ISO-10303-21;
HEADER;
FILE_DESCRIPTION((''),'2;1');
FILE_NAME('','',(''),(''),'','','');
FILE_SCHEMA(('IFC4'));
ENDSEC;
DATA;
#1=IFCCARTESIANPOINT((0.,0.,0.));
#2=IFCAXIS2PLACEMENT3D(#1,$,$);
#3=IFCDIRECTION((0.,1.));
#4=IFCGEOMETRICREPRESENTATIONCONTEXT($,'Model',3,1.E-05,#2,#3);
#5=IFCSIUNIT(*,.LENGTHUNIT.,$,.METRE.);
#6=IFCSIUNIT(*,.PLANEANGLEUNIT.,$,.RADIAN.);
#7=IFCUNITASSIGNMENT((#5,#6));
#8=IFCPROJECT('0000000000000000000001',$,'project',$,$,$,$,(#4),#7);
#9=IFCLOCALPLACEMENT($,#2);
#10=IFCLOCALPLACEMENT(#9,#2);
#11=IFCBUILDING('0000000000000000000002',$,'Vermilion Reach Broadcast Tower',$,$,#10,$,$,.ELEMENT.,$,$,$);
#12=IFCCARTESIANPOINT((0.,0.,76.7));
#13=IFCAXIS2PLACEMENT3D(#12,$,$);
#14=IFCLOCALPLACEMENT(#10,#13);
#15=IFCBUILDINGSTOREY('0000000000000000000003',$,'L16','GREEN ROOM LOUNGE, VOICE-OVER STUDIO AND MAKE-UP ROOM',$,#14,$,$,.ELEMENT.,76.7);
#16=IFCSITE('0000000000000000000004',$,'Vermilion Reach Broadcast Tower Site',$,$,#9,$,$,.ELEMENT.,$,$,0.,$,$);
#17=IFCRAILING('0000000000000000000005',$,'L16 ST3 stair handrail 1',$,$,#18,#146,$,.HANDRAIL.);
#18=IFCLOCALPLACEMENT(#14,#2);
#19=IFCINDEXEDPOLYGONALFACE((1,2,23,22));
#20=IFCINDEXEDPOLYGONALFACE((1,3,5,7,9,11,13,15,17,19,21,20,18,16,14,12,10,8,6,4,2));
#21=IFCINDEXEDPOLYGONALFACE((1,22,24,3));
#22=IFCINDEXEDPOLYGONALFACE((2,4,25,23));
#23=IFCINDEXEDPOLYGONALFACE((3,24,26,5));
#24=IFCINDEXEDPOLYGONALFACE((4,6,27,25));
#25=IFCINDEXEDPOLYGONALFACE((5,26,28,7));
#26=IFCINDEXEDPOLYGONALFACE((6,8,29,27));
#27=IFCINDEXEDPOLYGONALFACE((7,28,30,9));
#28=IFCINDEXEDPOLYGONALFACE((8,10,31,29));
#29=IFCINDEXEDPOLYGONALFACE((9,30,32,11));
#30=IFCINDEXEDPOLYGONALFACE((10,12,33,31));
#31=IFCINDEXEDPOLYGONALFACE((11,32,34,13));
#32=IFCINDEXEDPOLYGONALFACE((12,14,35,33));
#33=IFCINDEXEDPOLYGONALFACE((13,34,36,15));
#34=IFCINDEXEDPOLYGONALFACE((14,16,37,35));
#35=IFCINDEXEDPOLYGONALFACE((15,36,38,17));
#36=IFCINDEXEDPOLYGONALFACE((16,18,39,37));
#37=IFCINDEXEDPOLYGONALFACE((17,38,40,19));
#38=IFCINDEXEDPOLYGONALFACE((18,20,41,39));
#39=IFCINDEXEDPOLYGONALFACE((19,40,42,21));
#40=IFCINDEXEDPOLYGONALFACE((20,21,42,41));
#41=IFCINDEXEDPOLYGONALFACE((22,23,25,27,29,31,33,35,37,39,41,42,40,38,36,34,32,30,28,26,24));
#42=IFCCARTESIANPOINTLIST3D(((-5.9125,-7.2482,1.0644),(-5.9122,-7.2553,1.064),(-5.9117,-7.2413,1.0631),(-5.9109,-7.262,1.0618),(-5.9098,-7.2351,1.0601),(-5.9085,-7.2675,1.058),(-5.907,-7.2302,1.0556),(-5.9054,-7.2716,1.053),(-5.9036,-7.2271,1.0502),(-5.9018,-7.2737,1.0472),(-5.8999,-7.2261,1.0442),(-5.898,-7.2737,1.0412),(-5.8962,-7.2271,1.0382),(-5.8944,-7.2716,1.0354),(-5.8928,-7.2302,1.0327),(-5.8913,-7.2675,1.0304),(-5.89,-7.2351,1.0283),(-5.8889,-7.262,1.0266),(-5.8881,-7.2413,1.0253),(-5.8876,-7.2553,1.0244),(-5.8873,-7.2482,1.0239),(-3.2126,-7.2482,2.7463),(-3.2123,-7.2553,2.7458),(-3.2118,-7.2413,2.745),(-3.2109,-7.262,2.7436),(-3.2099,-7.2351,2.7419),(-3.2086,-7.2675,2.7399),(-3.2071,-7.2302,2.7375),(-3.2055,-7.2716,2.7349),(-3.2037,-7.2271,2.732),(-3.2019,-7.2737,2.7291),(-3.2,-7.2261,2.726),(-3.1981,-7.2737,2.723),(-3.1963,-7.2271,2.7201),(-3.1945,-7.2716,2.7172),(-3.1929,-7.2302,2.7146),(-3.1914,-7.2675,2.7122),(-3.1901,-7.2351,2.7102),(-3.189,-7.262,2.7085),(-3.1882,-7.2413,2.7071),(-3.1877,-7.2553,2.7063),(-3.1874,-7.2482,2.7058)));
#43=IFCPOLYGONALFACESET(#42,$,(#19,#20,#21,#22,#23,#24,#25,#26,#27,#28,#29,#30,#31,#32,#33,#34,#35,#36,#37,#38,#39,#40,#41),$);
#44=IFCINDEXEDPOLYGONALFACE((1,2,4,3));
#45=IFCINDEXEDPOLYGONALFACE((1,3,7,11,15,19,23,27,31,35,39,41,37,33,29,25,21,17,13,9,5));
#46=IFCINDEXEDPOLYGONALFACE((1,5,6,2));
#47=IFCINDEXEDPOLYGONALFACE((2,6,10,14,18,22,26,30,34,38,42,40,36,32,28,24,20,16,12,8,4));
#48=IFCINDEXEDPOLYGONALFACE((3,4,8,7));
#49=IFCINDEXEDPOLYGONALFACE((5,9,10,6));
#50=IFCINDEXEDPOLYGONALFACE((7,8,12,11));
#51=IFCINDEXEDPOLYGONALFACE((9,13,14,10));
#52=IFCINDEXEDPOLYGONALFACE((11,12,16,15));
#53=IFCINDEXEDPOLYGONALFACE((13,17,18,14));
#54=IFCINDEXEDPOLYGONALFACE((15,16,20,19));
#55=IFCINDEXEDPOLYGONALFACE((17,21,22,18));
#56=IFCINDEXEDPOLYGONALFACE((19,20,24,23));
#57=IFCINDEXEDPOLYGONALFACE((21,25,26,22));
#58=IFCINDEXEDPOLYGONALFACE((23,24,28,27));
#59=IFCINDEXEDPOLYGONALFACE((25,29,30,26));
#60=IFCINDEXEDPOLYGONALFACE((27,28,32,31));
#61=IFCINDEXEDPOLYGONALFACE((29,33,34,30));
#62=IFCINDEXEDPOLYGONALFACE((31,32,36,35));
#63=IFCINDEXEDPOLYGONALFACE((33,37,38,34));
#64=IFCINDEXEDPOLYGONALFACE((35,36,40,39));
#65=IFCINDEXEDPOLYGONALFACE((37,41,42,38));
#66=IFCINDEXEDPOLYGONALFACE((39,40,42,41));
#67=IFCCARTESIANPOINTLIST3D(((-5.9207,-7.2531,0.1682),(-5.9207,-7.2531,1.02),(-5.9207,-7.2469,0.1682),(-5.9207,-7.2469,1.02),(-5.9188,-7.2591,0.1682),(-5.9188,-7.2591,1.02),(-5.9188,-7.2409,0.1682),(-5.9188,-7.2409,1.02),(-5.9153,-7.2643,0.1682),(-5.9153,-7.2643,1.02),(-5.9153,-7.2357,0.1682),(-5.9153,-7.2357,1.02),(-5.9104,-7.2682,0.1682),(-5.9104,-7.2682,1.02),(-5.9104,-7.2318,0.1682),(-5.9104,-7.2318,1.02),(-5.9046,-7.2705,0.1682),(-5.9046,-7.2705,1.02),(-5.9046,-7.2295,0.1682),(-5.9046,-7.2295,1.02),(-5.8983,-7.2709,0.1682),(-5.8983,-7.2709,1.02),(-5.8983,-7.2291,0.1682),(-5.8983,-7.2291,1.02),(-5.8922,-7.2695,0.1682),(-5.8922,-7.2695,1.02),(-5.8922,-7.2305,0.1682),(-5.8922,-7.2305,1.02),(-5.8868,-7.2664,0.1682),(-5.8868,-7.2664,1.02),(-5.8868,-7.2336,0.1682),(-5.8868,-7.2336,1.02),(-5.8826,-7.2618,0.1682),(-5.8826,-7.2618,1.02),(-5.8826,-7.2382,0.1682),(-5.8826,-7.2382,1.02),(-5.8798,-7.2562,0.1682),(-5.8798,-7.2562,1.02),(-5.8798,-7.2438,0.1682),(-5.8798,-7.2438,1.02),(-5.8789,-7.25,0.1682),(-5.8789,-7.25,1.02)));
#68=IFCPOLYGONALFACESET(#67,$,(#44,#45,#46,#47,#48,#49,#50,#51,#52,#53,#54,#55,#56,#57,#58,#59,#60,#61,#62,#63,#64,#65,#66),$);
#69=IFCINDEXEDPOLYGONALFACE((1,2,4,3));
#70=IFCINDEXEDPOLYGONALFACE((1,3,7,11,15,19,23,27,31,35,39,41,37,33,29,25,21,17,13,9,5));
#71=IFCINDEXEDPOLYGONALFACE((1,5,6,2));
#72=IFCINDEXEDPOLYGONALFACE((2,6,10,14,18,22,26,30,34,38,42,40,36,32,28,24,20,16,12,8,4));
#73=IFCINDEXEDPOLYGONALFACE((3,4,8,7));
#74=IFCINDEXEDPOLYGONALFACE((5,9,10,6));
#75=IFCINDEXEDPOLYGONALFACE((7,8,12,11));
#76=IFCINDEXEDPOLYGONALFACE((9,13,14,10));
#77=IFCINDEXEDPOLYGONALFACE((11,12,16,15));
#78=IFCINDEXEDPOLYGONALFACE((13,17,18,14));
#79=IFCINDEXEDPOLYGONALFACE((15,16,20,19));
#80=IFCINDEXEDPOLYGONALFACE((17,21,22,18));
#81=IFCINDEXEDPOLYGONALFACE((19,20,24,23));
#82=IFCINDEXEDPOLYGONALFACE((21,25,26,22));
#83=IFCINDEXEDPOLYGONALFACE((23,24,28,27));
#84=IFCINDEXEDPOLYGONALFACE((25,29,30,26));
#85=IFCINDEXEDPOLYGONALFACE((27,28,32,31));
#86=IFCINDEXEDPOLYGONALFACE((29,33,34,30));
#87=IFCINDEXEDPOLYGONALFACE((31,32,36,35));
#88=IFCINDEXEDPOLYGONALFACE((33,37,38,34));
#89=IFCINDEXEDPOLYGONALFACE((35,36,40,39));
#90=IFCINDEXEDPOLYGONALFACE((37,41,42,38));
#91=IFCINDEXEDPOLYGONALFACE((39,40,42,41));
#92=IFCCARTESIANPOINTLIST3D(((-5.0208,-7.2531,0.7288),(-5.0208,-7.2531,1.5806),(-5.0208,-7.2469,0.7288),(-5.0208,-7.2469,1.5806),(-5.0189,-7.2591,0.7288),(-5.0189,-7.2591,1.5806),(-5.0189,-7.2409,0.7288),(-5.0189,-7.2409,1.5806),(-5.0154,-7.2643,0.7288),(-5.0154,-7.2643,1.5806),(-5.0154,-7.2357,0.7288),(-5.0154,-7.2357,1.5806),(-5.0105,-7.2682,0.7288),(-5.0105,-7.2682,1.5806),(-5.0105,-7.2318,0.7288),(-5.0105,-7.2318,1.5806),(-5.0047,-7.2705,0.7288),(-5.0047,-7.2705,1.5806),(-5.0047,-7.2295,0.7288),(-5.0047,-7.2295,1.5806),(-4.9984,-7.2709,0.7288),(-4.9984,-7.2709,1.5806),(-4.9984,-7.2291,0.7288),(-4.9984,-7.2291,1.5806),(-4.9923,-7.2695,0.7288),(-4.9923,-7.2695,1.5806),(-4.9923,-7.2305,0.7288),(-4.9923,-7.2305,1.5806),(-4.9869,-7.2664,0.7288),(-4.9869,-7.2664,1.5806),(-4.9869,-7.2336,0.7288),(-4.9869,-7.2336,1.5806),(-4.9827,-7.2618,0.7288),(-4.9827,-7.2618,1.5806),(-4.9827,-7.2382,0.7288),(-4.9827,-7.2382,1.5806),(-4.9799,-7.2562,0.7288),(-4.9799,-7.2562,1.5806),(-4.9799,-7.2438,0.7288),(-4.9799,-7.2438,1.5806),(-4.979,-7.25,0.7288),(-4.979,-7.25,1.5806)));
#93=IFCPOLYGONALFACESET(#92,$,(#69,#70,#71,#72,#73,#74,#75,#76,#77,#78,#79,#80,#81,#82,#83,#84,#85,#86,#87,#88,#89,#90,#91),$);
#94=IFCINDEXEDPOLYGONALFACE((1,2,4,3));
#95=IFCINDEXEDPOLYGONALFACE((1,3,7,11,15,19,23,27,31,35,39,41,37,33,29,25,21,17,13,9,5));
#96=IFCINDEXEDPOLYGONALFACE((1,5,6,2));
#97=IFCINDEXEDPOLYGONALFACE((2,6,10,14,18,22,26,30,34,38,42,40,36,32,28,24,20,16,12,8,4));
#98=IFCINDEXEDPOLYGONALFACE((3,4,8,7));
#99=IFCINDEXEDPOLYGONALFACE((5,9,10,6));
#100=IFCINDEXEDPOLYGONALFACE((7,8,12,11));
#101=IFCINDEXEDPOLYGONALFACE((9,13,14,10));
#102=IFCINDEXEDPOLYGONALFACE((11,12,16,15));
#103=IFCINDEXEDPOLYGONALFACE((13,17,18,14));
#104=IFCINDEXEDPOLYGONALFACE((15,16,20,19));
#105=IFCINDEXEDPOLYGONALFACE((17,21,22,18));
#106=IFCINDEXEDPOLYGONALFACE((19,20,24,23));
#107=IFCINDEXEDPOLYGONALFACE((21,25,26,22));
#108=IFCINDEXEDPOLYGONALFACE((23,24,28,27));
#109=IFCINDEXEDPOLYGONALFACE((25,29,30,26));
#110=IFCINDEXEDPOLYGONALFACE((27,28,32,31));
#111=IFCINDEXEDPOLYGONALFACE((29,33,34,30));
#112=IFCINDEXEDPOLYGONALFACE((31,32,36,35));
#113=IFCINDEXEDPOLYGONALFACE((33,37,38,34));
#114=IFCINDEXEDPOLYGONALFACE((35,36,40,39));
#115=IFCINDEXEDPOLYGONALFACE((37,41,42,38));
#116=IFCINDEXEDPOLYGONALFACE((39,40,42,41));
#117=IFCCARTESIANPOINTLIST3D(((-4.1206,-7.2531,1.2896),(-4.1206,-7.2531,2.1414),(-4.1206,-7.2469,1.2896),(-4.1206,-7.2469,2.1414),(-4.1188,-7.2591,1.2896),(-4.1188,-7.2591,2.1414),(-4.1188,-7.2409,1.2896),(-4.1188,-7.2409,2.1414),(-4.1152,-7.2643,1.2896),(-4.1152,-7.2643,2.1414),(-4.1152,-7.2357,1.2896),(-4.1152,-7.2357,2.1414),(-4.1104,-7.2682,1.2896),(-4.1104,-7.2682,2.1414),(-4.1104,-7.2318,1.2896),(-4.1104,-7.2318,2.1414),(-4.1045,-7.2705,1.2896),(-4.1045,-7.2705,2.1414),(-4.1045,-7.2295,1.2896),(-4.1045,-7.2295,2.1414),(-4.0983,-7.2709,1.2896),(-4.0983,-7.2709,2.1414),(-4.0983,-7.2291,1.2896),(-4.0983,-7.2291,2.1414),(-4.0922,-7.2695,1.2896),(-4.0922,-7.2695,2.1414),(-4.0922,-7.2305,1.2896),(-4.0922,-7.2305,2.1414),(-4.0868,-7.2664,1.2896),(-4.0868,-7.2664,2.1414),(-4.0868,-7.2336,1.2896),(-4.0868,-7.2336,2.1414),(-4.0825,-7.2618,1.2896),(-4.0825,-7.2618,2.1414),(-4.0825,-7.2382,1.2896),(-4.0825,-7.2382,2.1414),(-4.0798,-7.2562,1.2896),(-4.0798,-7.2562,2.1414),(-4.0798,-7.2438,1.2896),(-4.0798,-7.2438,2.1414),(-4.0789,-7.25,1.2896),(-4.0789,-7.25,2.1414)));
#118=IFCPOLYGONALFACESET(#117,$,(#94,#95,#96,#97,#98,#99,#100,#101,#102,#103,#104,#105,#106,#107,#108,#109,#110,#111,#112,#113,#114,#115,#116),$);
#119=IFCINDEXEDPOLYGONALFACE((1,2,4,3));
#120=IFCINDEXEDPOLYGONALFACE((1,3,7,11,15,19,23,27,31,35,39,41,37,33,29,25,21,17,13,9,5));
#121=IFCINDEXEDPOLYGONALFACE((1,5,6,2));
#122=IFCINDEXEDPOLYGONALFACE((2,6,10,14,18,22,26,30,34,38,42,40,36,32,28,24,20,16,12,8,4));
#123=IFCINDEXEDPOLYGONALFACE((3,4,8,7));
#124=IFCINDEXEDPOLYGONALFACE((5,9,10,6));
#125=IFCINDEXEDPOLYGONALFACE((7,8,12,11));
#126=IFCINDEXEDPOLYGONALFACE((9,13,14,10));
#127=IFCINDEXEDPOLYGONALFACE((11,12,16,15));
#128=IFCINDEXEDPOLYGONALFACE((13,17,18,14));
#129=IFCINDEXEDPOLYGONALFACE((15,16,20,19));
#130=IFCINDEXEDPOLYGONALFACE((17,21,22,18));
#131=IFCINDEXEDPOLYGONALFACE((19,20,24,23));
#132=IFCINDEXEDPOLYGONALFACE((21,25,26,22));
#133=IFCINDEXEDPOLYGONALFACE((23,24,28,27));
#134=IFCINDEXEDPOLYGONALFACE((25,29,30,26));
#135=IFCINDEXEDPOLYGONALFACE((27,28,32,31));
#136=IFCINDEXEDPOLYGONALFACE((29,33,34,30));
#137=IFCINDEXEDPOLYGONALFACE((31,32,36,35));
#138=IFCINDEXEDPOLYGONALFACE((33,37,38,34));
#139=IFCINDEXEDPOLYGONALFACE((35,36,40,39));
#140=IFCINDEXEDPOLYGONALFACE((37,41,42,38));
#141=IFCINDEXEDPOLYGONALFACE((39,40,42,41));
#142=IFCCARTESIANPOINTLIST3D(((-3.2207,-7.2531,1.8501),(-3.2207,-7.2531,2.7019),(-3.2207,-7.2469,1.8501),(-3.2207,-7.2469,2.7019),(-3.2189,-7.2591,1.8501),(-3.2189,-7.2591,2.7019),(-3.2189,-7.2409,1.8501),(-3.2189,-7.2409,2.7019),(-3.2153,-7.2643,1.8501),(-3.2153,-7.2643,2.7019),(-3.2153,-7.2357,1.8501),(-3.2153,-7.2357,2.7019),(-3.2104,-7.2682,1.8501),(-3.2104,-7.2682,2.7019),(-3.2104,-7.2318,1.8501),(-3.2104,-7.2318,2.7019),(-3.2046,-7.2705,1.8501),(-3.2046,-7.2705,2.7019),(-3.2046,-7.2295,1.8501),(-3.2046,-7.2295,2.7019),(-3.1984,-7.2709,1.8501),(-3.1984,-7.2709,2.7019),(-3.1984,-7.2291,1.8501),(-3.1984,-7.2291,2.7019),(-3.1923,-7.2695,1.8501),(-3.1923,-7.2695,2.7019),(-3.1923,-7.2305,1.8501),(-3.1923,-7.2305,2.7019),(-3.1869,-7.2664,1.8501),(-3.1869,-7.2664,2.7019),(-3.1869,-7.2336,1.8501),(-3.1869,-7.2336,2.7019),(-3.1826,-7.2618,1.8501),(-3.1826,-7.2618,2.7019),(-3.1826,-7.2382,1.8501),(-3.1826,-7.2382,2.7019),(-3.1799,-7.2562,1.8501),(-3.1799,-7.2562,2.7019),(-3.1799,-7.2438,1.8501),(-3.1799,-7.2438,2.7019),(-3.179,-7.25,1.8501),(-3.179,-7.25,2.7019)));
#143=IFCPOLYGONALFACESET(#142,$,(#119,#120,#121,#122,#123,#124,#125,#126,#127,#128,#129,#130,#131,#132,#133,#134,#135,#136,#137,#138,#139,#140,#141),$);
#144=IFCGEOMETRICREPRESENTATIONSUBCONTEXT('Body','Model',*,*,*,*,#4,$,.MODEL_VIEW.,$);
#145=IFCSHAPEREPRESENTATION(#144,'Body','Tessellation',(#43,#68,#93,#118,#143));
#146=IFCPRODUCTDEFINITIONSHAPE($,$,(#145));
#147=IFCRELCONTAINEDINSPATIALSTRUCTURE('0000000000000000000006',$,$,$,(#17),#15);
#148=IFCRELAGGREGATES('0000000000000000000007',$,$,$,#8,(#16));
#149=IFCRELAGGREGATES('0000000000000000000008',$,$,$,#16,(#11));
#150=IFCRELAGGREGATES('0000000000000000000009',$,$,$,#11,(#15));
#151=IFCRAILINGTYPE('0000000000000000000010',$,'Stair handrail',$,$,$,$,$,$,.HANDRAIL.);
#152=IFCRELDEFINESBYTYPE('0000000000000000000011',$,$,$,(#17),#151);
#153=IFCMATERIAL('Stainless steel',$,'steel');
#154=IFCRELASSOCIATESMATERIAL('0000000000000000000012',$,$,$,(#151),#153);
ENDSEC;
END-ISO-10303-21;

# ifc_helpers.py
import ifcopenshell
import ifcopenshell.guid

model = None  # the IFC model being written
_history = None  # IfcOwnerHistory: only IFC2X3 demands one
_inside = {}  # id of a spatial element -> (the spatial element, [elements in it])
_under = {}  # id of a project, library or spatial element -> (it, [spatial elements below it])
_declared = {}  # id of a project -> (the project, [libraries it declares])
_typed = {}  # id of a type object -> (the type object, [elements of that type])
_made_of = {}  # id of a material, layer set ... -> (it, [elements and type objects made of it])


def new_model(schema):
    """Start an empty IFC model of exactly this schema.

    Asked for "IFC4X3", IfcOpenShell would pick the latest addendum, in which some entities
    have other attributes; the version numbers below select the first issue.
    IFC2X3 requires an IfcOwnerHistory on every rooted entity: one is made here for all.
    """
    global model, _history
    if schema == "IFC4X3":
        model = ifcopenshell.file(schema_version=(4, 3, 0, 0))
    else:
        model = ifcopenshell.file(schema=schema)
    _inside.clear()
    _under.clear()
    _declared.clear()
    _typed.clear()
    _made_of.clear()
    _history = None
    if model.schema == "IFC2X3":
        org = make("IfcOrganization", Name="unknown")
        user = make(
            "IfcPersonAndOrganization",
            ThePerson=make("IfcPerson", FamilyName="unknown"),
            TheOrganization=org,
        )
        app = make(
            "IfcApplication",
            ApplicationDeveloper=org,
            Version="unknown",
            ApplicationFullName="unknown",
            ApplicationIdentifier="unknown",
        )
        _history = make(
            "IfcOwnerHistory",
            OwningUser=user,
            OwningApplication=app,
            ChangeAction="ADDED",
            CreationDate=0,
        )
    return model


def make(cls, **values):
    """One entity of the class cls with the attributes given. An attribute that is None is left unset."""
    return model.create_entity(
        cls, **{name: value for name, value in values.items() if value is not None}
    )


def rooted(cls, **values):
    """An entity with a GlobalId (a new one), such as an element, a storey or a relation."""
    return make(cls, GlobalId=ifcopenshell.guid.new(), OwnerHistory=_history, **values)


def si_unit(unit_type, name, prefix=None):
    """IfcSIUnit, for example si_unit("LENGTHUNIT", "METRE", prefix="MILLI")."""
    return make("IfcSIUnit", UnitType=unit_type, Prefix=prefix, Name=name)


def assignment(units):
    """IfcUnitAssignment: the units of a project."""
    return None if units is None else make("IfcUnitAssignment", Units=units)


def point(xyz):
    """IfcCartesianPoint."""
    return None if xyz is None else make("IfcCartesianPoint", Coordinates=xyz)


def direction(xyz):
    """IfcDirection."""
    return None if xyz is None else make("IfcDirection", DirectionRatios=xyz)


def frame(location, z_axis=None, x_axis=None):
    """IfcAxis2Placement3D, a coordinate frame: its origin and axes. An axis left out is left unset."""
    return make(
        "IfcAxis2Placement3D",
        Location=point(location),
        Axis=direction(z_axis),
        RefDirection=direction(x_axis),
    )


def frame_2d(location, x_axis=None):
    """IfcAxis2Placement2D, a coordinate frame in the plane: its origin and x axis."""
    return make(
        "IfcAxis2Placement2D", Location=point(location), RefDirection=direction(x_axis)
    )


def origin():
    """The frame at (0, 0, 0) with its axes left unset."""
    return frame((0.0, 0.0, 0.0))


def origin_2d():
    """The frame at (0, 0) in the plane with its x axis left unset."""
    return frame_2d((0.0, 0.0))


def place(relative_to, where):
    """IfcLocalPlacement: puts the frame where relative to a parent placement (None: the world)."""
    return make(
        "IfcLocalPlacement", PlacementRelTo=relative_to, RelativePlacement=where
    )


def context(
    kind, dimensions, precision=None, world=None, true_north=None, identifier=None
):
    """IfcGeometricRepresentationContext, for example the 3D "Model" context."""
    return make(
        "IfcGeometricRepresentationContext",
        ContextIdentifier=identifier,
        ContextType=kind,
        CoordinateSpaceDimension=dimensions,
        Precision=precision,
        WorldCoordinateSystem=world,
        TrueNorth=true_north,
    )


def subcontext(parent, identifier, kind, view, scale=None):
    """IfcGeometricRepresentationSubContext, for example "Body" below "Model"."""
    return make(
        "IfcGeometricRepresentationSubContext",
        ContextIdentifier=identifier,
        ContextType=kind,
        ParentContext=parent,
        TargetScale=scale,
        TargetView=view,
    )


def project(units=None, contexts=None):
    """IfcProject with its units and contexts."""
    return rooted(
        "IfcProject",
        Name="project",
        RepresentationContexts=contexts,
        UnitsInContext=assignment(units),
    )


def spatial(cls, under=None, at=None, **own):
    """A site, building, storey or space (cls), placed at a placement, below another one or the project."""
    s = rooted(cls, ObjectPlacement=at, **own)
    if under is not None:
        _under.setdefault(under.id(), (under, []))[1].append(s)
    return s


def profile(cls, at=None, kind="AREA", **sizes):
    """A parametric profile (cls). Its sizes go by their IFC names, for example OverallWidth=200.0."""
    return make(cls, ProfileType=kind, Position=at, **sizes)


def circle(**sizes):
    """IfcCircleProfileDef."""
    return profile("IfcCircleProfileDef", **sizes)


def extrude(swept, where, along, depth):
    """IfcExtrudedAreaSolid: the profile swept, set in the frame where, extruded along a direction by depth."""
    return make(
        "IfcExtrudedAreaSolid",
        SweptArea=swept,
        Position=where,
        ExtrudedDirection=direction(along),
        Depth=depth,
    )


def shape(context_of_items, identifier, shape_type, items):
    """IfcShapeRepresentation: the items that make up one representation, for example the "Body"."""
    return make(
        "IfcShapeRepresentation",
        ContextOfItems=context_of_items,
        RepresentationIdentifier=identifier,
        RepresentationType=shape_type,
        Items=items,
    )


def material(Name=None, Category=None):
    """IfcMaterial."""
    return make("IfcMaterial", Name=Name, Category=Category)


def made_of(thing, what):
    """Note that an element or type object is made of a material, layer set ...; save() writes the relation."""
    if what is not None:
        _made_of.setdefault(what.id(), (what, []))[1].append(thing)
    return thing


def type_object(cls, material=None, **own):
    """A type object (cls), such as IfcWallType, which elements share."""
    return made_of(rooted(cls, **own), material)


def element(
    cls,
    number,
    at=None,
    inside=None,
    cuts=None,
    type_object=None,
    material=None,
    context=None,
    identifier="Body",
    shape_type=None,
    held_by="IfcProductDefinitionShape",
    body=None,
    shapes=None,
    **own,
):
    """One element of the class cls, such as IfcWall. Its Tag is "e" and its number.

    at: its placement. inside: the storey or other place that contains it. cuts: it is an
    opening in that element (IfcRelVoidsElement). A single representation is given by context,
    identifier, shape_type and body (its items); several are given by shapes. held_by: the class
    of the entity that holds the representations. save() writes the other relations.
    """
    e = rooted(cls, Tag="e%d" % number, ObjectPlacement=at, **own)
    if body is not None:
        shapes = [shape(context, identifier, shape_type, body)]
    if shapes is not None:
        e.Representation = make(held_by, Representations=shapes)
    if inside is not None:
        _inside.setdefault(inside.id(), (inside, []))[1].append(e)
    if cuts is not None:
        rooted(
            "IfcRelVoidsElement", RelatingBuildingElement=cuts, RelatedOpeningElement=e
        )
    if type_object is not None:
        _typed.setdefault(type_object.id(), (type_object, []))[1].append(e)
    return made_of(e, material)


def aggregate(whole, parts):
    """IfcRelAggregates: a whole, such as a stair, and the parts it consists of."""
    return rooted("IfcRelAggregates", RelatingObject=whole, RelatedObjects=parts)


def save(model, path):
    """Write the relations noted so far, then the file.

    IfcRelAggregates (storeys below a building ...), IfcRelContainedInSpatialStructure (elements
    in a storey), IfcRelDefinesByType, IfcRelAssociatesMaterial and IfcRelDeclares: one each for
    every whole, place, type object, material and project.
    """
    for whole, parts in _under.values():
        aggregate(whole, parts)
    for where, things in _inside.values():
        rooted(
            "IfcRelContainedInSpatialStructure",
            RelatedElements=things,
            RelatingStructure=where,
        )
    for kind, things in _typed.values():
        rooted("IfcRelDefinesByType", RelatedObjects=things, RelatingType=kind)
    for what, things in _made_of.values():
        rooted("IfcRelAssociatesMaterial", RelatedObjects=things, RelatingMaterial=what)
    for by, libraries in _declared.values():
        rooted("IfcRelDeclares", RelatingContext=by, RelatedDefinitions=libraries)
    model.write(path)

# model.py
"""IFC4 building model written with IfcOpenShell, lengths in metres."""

from ifc_helpers import new_model, si_unit, direction, frame, origin, origin_2d, place, context, subcontext, project, spatial, circle, extrude, material, type_object, element, save


model = new_model("IFC4")

# Units and contexts
model_context = context("Model", 3, precision=1e-05, world=origin(), true_north=direction((0.0, 1.0)))
body_context = subcontext(model_context, "Body", "Model", "MODEL_VIEW")
ifc_project = project(units=[si_unit("LENGTHUNIT", "METRE"), si_unit("PLANEANGLEUNIT", "RADIAN")], contexts=[model_context])

# Site, building, storey
site_placement = place(None, origin())
site = spatial("IfcSite", under=ifc_project, at=site_placement, Name="Vermilion Reach Broadcast Tower Site", CompositionType="ELEMENT", RefElevation=0.0)
building_placement = place(site_placement, origin())
building = spatial("IfcBuilding", under=site, at=building_placement, Name="Vermilion Reach Broadcast Tower", CompositionType="ELEMENT")
storey_placement = place(building_placement, frame((0.0, 0.0, 76.7)))
storey = spatial("IfcBuildingStorey", under=building, at=storey_placement, Name="L16", Description="GREEN ROOM LOUNGE, VOICE-OVER STUDIO AND MAKE-UP ROOM", CompositionType="ELEMENT", Elevation=76.7)

# Railing
ifc_material_1 = material(Name="Stainless steel", Category="steel")
railing_type_1 = type_object("IfcRailingType", Name="Stair handrail", PredefinedType="HANDRAIL", material=ifc_material_1)
railing_1_placement = place(storey_placement, frame((-5.8999, -7.25, 0.1682)))
element("IfcRailing", 1, at=railing_1_placement, inside=storey, type_object=railing_type_1, Name="L16 ST3 stair handrail 1", PredefinedType="HANDRAIL", context=body_context, shape_type="SweptSolid", body=[
    extrude(circle(Radius=0.0239, at=origin_2d()), frame((0.0, 0.0, 0.876), z_axis=(0.848786, 0.0, 0.528736), x_axis=(0.0, 1.0, 0.0)), (0.0, 0.0, 1.0), 3.1809),
    extrude(circle(Radius=0.021, at=origin_2d()), origin(), (0.0, 0.0, 1.0), 0.8518),
    extrude(circle(Radius=0.021, at=origin_2d()), frame((0.8999, 0.0, 0.5605)), (0.0, 0.0, 1.0), 0.8518),
    extrude(circle(Radius=0.021, at=origin_2d()), frame((1.8, 0.0, 1.1213)), (0.0, 0.0, 1.0), 0.8518),
    extrude(circle(Radius=0.021, at=origin_2d()), frame((2.7, 0.0, 1.6819)), (0.0, 0.0, 1.0), 0.8518),
])

save(model, "model.ifc")
